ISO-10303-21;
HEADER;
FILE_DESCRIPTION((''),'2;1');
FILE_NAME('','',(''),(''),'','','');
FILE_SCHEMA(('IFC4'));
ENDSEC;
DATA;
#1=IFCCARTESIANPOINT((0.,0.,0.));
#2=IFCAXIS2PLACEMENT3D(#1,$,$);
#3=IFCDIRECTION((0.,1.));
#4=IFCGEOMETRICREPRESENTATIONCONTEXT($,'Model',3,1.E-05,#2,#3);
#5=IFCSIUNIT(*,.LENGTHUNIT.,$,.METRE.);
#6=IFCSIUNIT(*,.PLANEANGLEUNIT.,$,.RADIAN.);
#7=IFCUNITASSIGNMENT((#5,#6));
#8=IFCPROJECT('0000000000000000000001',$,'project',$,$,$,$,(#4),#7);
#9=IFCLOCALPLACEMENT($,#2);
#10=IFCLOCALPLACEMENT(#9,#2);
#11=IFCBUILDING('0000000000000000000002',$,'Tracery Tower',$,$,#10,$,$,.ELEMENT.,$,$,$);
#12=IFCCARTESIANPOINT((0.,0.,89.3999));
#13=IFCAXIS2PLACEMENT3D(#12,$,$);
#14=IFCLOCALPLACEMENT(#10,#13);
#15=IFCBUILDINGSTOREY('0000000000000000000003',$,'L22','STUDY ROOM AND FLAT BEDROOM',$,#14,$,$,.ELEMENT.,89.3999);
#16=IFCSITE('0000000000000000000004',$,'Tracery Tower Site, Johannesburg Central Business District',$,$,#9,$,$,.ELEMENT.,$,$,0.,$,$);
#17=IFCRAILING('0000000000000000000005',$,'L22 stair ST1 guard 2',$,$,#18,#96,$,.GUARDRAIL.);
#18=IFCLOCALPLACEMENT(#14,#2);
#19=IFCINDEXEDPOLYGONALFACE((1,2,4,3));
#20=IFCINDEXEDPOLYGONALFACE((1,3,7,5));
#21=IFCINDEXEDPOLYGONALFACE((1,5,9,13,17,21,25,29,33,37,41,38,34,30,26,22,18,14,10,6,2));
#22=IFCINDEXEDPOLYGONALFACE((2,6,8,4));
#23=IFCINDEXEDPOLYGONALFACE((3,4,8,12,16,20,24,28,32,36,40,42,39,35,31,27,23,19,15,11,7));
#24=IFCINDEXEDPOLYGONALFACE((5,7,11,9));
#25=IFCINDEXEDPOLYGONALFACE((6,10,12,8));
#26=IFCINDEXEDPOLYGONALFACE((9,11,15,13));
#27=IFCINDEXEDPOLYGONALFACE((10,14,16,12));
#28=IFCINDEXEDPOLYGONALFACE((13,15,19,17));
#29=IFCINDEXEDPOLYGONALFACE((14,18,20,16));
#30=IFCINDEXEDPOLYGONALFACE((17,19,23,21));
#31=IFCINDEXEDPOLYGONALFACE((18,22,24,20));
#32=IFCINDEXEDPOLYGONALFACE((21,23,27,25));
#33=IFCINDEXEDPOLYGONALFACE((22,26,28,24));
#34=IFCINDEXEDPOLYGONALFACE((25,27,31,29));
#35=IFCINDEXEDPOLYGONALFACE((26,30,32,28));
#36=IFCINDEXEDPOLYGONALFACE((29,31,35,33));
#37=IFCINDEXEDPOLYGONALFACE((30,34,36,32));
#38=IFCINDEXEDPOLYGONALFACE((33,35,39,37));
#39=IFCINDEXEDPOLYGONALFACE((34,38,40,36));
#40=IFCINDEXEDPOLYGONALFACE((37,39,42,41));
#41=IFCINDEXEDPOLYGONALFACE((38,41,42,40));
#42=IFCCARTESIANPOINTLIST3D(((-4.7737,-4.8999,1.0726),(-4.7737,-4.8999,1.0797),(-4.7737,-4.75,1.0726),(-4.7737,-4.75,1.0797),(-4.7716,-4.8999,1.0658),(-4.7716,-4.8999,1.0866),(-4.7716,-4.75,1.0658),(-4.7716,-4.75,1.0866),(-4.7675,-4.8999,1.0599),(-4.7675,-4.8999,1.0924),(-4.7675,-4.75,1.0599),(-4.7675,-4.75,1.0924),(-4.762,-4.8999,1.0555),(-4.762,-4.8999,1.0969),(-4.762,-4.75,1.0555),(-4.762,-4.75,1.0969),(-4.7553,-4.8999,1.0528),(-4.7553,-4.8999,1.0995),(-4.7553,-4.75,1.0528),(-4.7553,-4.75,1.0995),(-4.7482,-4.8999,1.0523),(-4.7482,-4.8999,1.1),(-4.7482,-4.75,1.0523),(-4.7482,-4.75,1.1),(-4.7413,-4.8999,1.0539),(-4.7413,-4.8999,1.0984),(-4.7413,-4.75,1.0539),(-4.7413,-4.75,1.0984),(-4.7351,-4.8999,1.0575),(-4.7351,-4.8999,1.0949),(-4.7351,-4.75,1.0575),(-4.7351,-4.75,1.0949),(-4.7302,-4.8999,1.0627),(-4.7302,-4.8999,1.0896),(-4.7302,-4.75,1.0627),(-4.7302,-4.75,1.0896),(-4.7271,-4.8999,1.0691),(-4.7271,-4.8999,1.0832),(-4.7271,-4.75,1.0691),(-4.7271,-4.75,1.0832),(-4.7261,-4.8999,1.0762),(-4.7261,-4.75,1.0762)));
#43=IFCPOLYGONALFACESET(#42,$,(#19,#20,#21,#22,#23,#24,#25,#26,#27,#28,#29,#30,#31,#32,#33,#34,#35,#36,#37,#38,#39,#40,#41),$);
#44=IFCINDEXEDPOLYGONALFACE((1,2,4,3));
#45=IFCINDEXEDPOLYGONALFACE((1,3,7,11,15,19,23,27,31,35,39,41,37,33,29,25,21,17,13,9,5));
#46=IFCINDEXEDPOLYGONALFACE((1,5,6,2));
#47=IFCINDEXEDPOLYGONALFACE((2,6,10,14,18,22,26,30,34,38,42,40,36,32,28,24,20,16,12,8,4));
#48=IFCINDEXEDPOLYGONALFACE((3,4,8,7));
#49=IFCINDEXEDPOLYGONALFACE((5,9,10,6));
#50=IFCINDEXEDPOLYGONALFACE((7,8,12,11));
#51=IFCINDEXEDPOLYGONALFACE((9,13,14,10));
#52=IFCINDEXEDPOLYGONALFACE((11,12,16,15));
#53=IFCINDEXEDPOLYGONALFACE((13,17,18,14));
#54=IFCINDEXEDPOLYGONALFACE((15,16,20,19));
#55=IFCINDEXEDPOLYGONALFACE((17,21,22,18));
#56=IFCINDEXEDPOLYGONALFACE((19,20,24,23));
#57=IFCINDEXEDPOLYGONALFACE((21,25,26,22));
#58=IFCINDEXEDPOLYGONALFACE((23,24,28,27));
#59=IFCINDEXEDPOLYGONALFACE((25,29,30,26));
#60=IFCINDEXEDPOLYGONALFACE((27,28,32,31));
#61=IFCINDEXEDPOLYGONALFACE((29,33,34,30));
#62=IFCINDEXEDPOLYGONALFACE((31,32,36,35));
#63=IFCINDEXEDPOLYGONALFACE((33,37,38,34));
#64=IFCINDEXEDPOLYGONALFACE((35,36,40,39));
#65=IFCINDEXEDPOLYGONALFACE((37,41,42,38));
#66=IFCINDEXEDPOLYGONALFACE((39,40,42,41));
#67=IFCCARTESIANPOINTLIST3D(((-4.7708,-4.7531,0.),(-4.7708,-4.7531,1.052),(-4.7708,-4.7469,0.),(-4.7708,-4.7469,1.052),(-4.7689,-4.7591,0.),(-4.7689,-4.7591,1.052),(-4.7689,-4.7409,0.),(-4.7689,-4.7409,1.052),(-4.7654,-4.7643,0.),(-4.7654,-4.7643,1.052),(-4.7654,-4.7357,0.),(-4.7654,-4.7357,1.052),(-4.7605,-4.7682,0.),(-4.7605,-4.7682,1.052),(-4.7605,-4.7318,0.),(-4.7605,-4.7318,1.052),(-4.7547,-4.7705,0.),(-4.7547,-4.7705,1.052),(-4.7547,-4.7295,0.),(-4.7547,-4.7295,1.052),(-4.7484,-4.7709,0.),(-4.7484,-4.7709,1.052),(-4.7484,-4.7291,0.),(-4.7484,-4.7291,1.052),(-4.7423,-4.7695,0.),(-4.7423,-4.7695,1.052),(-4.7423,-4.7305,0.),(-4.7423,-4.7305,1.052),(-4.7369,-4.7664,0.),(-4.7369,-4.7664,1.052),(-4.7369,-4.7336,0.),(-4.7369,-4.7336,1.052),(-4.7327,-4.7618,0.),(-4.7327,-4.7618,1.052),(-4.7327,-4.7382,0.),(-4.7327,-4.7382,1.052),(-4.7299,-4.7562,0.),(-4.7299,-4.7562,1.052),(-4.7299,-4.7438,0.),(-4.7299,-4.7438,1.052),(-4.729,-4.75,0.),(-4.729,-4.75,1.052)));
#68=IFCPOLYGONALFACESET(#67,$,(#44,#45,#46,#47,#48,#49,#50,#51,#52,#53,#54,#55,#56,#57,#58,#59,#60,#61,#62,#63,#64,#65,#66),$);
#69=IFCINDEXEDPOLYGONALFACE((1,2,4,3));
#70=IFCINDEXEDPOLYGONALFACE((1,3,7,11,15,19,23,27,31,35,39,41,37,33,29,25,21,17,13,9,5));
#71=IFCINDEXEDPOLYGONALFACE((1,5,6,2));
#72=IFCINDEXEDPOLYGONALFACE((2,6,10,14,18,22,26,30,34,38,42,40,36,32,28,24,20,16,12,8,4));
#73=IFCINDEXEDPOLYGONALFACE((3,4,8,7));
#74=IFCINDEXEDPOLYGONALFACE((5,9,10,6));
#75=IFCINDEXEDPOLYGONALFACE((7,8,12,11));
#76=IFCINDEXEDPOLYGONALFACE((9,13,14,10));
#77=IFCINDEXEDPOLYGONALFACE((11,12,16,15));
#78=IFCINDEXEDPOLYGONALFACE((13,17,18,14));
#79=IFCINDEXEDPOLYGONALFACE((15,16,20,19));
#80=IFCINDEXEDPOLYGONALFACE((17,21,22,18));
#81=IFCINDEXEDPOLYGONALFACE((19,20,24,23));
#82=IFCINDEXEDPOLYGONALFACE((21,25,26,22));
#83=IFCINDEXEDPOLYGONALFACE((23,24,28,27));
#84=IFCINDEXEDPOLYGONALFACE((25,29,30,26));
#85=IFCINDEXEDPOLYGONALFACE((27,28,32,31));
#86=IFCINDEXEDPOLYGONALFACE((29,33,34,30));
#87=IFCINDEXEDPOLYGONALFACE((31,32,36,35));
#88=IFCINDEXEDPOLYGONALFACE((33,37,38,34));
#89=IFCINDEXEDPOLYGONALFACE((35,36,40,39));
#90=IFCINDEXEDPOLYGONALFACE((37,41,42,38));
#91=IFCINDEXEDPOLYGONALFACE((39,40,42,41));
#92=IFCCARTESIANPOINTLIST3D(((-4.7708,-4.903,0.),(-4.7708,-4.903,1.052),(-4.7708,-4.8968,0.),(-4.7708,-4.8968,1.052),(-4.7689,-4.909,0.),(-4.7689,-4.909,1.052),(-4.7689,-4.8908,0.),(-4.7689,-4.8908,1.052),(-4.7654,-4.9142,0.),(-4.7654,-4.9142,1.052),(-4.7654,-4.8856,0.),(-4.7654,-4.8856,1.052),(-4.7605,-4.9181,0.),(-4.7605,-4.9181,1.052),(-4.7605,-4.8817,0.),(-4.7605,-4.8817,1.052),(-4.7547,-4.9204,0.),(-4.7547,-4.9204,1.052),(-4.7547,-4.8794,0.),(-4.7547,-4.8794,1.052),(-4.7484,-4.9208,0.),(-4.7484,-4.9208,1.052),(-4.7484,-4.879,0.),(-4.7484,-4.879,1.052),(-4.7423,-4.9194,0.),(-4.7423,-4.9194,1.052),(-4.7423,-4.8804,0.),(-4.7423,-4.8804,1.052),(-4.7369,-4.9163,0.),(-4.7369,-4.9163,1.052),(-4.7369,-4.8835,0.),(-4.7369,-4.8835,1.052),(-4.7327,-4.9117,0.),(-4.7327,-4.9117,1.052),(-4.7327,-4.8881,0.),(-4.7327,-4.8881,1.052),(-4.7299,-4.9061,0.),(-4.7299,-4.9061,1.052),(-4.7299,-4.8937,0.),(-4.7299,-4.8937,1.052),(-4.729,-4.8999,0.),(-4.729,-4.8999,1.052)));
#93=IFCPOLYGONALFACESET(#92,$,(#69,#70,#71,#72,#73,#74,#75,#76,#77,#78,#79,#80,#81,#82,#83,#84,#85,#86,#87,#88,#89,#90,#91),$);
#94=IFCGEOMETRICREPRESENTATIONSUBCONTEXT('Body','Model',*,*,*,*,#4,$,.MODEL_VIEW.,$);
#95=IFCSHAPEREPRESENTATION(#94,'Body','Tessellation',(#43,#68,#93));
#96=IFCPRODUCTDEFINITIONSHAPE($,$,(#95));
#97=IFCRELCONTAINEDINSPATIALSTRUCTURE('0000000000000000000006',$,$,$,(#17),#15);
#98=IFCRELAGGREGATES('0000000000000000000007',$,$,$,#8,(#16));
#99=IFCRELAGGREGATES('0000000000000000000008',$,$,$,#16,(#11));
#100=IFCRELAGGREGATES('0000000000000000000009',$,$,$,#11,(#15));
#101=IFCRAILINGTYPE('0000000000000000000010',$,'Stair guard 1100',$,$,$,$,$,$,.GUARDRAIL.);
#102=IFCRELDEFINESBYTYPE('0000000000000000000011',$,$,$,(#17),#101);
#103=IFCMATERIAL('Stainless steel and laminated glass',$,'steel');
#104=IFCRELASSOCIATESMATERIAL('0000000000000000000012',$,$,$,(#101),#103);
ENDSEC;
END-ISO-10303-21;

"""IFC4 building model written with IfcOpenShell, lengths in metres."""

from ifc_helpers import new_model, si_unit, direction, frame, origin, origin_2d, place, context, subcontext, project, spatial, circle, extrude, material, type_object, element, save


model = new_model("IFC4")

# Units and contexts
model_context = context("Model", 3, precision=1e-05, world=origin(), true_north=direction((0.0, 1.0)))
body_context = subcontext(model_context, "Body", "Model", "MODEL_VIEW")
ifc_project = project(units=[si_unit("LENGTHUNIT", "METRE"), si_unit("PLANEANGLEUNIT", "RADIAN")], contexts=[model_context])

# Site, building, storey
site_placement = place(None, origin())
site = spatial("IfcSite", under=ifc_project, at=site_placement, Name="Tracery Tower Site, Johannesburg Central Business District", CompositionType="ELEMENT", RefElevation=0.0)
building_placement = place(site_placement, origin())
building = spatial("IfcBuilding", under=site, at=building_placement, Name="Tracery Tower", CompositionType="ELEMENT")
storey_placement = place(building_placement, frame((0.0, 0.0, 89.3999)))
storey = spatial("IfcBuildingStorey", under=building, at=storey_placement, Name="L22", Description="STUDY ROOM AND FLAT BEDROOM", CompositionType="ELEMENT", Elevation=89.3999)

# Railing
ifc_material_1 = material(Name="Stainless steel and laminated glass", Category="steel")
railing_type_1 = type_object("IfcRailingType", Name="Stair guard 1100", PredefinedType="GUARDRAIL", material=ifc_material_1)
railing_1_placement = place(storey_placement, frame((-4.75, -4.75, 0.0)))
element("IfcRailing", 1, at=railing_1_placement, inside=storey, type_object=railing_type_1, Name="L22 stair ST1 guard 2", PredefinedType="GUARDRAIL", context=body_context, shape_type="SweptSolid", body=[
    extrude(circle(Radius=0.0239, at=origin_2d()), frame((0.0, 0.0, 1.0762), z_axis=(0.0, -1.0, 0.0), x_axis=(1.0, 0.0, 0.0)), (0.0, 0.0, 1.0), 0.1499),
    extrude(circle(Radius=0.021, at=origin_2d()), origin(), (0.0, 0.0, 1.0), 1.052),
    extrude(circle(Radius=0.021, at=origin_2d()), frame((0.0, -0.1499, 0.0)), (0.0, 0.0, 1.0), 1.052),
])

save(model, "model.ifc")
